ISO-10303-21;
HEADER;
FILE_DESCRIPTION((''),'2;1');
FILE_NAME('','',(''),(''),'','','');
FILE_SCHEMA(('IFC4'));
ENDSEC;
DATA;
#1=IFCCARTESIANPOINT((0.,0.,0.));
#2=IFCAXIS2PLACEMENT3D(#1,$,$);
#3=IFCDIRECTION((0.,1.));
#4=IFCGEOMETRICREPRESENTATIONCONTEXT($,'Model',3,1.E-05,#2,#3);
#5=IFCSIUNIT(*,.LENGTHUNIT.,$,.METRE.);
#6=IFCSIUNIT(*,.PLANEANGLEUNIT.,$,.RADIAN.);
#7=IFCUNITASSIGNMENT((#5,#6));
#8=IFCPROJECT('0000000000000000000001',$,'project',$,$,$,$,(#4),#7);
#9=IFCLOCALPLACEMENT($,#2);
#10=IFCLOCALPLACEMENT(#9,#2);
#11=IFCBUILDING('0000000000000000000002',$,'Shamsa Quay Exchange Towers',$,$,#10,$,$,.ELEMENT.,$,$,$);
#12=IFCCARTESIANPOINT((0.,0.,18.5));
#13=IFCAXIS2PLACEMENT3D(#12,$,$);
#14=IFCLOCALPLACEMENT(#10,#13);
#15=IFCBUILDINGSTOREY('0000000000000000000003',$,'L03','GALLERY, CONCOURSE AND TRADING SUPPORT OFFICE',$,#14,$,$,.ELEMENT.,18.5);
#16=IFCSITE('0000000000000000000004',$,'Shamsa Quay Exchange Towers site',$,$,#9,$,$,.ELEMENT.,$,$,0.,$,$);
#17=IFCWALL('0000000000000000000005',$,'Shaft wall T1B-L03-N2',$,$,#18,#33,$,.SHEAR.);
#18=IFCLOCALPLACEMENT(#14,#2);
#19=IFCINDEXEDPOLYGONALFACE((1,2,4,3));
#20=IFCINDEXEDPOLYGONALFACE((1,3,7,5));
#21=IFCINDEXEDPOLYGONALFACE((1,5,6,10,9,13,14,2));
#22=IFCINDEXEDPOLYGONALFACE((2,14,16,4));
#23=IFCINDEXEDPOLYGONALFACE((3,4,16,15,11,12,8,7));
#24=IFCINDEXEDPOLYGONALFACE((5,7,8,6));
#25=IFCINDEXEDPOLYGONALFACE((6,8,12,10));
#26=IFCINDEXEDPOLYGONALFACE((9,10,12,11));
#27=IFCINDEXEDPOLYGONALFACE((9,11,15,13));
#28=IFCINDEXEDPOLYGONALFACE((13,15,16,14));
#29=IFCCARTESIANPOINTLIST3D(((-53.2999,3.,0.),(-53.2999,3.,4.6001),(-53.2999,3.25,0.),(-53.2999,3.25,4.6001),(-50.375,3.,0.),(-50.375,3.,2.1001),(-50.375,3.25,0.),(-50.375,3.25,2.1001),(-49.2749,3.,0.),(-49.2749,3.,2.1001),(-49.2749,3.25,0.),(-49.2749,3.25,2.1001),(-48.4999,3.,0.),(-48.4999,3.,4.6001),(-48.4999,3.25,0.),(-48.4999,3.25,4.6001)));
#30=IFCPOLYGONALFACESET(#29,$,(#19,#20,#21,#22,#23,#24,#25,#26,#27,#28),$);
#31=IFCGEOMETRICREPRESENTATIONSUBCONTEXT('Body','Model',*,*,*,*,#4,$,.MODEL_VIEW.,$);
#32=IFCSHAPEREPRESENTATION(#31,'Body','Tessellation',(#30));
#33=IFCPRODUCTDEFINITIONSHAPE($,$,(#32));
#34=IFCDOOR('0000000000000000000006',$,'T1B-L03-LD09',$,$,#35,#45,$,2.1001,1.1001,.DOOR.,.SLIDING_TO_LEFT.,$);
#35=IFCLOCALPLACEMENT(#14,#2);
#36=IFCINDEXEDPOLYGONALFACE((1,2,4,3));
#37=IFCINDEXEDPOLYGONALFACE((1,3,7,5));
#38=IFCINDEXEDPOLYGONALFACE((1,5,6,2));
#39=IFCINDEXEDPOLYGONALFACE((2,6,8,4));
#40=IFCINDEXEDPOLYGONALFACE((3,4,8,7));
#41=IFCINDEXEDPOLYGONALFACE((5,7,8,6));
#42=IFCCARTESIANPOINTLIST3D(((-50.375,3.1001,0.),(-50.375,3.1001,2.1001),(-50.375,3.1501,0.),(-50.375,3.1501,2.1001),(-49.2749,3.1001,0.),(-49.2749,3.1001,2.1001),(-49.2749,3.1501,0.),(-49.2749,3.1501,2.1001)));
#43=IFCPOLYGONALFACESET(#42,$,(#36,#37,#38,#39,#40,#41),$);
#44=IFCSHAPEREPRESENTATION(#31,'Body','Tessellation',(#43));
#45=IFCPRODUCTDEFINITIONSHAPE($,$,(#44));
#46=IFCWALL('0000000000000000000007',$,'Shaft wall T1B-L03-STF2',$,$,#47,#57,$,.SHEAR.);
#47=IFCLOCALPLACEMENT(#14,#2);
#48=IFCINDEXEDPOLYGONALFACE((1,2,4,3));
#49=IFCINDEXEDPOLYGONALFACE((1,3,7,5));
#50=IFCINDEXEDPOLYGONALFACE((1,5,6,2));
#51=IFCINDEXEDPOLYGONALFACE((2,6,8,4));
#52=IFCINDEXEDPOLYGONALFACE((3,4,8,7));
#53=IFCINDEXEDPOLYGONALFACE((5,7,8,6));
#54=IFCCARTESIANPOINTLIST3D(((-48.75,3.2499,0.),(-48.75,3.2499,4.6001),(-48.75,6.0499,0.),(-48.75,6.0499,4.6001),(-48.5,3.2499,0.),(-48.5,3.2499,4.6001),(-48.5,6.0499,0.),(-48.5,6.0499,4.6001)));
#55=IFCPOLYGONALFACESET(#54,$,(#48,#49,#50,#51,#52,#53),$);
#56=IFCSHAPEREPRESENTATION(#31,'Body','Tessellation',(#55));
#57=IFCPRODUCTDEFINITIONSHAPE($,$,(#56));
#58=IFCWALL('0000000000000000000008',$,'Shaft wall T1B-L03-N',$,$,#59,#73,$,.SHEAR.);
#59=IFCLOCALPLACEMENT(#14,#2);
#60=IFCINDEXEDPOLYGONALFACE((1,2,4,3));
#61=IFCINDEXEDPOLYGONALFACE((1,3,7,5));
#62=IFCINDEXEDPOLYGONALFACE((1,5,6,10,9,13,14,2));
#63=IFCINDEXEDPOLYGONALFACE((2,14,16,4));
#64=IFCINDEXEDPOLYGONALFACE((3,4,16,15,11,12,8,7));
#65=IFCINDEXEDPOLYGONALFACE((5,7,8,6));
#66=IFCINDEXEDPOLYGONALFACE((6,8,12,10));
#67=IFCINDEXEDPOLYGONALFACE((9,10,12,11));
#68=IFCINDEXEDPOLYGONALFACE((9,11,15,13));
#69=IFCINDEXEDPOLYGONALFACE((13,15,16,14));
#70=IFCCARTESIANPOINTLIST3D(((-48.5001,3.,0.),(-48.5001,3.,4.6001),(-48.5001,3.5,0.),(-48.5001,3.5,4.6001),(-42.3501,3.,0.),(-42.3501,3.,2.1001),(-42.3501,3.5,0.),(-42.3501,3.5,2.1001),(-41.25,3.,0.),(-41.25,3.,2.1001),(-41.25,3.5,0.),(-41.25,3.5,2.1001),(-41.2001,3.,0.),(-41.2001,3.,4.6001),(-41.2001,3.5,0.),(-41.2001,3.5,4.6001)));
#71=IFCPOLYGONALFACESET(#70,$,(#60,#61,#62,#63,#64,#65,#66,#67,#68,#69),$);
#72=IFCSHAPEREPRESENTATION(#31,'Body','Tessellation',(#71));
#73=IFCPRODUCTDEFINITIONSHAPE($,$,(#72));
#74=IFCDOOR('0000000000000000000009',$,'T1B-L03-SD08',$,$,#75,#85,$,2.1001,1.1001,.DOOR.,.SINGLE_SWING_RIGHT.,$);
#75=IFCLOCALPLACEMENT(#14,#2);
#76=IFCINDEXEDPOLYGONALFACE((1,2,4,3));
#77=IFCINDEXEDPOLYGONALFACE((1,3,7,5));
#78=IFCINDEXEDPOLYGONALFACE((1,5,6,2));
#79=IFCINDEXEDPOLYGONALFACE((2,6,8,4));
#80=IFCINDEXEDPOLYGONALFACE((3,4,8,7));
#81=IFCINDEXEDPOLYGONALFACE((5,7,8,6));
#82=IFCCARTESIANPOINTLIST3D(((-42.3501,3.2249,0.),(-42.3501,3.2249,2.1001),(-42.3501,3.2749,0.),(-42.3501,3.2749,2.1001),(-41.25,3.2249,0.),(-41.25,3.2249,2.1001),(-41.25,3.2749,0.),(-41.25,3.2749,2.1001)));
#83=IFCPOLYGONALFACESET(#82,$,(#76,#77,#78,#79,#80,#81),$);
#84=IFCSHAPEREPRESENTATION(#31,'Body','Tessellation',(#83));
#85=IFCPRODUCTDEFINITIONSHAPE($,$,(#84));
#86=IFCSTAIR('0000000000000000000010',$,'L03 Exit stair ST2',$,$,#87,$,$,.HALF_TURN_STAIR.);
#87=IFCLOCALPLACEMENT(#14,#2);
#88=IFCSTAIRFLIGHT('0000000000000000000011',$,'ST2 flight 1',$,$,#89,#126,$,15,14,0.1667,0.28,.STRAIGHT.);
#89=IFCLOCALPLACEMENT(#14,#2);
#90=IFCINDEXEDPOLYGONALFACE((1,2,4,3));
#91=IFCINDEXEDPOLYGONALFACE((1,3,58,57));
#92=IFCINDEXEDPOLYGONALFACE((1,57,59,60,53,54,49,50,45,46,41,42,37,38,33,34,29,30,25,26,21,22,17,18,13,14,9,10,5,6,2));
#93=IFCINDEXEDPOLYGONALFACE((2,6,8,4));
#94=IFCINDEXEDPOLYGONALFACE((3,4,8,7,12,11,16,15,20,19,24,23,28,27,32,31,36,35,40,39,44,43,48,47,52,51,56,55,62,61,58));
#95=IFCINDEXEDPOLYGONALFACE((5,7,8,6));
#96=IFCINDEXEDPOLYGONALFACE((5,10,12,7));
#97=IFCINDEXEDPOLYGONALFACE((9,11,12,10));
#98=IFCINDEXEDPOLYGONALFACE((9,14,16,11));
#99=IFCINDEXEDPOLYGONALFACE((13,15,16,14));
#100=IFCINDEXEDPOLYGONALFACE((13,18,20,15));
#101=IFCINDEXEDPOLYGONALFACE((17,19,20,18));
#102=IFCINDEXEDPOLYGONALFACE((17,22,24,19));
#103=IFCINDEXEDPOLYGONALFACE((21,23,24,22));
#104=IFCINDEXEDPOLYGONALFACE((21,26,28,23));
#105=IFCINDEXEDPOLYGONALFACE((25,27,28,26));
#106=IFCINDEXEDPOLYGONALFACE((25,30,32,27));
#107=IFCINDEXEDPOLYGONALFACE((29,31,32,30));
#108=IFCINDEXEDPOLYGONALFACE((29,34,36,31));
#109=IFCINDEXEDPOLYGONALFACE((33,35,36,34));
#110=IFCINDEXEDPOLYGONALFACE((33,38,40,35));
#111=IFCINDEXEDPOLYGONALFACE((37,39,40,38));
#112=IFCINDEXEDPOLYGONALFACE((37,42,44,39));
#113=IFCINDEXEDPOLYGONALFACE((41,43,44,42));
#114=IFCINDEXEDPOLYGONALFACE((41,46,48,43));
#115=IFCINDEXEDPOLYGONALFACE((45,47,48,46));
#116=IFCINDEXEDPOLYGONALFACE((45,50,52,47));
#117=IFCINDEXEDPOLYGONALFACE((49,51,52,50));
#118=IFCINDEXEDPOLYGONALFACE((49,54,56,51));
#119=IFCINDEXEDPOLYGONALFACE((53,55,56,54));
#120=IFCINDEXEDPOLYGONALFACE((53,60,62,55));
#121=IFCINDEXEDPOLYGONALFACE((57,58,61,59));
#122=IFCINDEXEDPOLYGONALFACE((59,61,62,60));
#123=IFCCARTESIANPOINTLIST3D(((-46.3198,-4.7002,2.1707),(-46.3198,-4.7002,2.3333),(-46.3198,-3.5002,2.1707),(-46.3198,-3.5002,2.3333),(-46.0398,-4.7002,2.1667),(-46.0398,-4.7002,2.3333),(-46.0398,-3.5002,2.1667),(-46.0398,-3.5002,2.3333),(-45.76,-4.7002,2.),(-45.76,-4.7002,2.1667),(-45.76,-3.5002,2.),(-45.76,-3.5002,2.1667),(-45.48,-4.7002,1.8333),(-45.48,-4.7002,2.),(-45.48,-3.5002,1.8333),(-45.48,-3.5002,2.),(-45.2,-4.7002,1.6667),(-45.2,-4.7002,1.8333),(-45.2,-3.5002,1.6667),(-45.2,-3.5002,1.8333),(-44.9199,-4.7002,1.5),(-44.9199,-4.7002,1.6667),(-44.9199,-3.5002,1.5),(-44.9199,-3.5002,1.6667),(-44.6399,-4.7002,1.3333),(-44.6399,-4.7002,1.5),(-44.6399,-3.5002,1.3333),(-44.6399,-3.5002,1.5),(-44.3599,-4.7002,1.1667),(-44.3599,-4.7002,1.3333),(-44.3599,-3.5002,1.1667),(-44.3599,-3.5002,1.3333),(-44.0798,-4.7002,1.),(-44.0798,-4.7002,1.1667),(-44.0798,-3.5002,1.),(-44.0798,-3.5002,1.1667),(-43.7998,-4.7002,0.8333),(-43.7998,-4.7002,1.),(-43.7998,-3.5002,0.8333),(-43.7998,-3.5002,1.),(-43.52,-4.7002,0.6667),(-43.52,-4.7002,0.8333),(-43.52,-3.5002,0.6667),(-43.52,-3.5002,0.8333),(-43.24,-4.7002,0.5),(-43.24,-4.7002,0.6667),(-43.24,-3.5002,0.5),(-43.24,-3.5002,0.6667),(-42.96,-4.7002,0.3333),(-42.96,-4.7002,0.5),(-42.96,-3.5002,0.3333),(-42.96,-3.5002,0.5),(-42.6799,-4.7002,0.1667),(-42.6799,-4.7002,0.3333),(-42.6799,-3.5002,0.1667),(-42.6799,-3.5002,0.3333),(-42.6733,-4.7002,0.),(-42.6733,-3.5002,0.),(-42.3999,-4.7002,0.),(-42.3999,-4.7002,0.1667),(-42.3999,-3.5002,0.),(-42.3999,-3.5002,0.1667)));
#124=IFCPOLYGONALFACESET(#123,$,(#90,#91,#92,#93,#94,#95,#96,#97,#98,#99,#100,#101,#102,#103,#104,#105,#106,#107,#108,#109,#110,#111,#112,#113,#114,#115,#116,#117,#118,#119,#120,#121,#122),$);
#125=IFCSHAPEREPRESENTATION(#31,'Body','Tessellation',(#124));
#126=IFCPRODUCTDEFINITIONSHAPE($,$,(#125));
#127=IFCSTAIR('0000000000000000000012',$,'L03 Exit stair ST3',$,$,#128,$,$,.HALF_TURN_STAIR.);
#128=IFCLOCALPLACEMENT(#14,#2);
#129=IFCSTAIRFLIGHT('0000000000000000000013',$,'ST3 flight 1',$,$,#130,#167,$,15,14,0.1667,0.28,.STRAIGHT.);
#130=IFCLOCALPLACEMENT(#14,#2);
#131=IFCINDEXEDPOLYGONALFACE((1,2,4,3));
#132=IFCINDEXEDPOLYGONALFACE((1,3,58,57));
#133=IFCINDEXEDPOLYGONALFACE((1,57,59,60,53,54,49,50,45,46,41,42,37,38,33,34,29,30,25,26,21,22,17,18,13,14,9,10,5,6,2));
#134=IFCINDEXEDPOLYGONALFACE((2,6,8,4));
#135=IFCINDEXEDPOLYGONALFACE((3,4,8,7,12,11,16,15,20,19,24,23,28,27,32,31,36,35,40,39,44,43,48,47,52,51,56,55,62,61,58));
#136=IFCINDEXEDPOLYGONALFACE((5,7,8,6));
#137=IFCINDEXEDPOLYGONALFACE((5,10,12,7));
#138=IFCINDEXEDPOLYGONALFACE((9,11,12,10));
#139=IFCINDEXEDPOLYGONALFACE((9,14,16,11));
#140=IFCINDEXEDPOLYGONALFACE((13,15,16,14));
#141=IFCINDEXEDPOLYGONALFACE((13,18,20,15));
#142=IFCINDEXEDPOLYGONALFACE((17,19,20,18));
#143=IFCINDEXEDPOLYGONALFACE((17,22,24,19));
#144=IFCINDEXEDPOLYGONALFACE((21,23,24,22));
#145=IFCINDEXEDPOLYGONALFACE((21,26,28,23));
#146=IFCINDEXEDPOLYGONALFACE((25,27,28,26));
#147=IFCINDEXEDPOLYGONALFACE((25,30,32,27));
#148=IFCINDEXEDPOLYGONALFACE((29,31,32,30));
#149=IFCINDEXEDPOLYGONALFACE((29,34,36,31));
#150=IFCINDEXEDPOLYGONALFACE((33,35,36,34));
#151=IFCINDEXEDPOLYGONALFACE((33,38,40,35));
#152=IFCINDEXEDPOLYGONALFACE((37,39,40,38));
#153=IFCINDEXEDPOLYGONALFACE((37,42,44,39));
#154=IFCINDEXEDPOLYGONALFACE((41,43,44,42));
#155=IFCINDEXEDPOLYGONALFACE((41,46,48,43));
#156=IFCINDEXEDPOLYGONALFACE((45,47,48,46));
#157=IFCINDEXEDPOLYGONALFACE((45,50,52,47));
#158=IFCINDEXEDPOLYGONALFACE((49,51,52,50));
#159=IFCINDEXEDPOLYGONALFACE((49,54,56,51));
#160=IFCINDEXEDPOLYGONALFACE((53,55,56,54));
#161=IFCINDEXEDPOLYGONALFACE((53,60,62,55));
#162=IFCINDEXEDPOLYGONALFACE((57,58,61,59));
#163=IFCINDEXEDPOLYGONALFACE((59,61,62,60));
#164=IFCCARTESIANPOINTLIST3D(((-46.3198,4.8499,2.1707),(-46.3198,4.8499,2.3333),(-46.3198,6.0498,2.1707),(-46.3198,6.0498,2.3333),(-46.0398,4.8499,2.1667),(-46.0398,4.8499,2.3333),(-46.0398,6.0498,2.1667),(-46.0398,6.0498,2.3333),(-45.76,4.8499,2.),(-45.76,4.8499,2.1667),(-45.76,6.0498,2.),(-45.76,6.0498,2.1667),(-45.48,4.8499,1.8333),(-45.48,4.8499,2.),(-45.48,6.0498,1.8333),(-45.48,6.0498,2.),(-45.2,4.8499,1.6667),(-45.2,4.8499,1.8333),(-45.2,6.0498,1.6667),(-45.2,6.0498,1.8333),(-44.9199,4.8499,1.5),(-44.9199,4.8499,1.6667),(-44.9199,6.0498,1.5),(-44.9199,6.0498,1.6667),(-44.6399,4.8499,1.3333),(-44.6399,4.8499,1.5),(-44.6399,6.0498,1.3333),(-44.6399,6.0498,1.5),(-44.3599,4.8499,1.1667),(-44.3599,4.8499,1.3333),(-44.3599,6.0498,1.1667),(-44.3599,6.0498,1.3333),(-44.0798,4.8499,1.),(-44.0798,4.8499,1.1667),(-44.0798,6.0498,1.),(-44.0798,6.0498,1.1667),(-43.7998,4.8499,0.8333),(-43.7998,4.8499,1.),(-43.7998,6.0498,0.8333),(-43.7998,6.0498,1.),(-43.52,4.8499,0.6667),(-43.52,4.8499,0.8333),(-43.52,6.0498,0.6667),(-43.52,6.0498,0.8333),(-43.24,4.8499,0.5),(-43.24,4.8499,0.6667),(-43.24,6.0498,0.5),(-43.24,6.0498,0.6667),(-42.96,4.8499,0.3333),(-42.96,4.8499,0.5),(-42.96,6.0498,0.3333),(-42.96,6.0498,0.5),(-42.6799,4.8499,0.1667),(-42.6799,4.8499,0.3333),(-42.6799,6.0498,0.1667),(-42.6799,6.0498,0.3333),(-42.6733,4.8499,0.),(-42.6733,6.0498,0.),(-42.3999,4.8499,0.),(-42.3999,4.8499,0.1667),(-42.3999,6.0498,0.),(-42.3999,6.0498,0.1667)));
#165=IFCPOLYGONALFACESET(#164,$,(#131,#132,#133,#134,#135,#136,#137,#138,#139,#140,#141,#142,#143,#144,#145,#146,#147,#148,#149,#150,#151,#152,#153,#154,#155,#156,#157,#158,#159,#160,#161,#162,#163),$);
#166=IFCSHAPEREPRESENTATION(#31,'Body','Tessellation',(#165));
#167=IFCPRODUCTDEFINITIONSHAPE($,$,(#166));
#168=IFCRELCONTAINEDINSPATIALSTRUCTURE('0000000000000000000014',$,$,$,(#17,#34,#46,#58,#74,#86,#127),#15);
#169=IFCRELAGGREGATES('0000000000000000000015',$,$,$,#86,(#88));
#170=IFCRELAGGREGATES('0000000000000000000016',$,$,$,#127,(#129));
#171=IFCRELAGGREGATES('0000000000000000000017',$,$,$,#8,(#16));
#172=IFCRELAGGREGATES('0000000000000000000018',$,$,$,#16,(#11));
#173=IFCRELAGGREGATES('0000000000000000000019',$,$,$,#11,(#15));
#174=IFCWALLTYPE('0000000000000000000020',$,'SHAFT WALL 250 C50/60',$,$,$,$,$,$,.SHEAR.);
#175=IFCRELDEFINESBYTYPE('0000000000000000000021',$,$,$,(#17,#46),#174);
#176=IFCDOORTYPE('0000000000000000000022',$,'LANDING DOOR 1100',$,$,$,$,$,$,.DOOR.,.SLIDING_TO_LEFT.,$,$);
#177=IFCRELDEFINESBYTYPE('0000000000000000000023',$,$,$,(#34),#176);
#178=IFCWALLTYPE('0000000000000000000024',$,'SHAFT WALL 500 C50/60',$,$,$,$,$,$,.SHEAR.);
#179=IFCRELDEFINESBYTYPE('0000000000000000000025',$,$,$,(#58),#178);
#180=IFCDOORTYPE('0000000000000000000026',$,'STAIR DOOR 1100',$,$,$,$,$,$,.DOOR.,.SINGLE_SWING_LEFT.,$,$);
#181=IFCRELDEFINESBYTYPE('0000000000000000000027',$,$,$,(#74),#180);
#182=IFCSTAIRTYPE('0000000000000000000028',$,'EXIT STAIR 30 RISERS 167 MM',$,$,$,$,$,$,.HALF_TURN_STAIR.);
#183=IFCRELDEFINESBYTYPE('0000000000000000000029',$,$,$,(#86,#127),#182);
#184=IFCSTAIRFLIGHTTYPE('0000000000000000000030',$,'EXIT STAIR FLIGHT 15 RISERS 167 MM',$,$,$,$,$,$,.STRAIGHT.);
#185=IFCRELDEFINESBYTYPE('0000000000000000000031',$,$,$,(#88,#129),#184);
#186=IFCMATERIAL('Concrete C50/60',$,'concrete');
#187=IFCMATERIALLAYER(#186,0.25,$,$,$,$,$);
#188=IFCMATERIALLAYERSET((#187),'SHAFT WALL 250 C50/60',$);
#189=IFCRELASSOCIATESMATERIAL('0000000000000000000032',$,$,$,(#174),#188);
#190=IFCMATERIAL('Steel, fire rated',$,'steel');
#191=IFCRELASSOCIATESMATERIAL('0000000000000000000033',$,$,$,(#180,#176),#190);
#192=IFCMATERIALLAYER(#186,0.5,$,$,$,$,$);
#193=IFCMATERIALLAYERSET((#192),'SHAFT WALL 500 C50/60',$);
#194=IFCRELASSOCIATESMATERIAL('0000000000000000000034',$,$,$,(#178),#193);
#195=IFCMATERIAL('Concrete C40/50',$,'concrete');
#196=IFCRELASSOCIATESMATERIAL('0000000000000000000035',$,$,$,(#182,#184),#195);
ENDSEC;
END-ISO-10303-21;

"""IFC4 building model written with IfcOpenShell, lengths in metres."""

from ifc_helpers import new_model, si_unit, direction, frame, frame_2d, origin, place, context, subcontext, project, spatial, polyline, rectangle, outline, extrude, material, layer, layer_set, type_object, element, fill, aggregate, save


model = new_model("IFC4")

# Units and contexts
model_context = context("Model", 3, precision=1e-05, world=origin(), true_north=direction((0.0, 1.0)))
body_context = subcontext(model_context, "Body", "Model", "MODEL_VIEW")
ifc_project = project(units=[si_unit("LENGTHUNIT", "METRE"), si_unit("PLANEANGLEUNIT", "RADIAN")], contexts=[model_context])

# Site, building, storey
site_placement = place(None, origin())
site = spatial("IfcSite", under=ifc_project, at=site_placement, Name="Shamsa Quay Exchange Towers site", CompositionType="ELEMENT", RefElevation=0.0)
building_placement = place(site_placement, origin())
building = spatial("IfcBuilding", under=site, at=building_placement, Name="Shamsa Quay Exchange Towers", CompositionType="ELEMENT")
storey_placement = place(building_placement, frame((0.0, 0.0, 18.5)))
storey = spatial("IfcBuildingStorey", under=building, at=storey_placement, Name="L03", Description="GALLERY, CONCOURSE AND TRADING SUPPORT OFFICE", CompositionType="ELEMENT", Elevation=18.5)

# Shared definitions
ifc_material_1 = material(Name="Concrete C50/60", Category="concrete")
ifc_layer_1 = layer(ifc_material_1, 0.25)
ifc_layer_set_1 = layer_set([ifc_layer_1], Name="SHAFT WALL 250 C50/60")
wall_type_1 = type_object("IfcWallType", Name="SHAFT WALL 250 C50/60", PredefinedType="SHEAR", material=ifc_layer_set_1)
ifc_material_2 = material(Name="Steel, fire rated", Category="steel")
door_type_1 = type_object("IfcDoorType", Name="STAIR DOOR 1100", OperationType="SINGLE_SWING_LEFT", PredefinedType="DOOR", material=ifc_material_2)

# Wall, opening, door
wall_1_placement = place(storey_placement, frame((-48.5, 3.125, 0.0), z_axis=(0.0, 0.0, 1.0), x_axis=(-1.0, 0.0, 0.0)))
wall_1 = element("IfcWall", 1, at=wall_1_placement, inside=storey, type_object=wall_type_1, Name="Shaft wall T1B-L03-N2", PredefinedType="SHEAR", context=body_context, shape_type="SweptSolid", body=[
    extrude(rectangle(XDim=4.8, YDim=0.25, at=frame_2d((2.3999, 0.0))), origin(), (0.0, 0.0, 1.0), 4.6001),
])
opening_1_placement = place(wall_1_placement, frame((0.7749, 0.0, 0.0)))
opening_1 = element("IfcOpeningElement", 2, at=opening_1_placement, cuts=wall_1, PredefinedType="OPENING", context=body_context, shape_type="SweptSolid", body=[
    extrude(rectangle(XDim=1.1001, YDim=2.1001, at=frame_2d((0.55, 1.05))), frame((0.0, 0.135, 0.0), z_axis=(0.0, -1.0, 0.0), x_axis=(1.0, 0.0, 0.0)), (0.0, 0.0, 1.0), 0.27),
])
door_type_2 = type_object("IfcDoorType", Name="LANDING DOOR 1100", OperationType="SLIDING_TO_LEFT", PredefinedType="DOOR", material=ifc_material_2)
door_1_placement = place(opening_1_placement, origin())
door_1 = element("IfcDoor", 3, at=door_1_placement, inside=storey, type_object=door_type_2, Name="T1B-L03-LD09", OperationType="SLIDING_TO_LEFT", OverallHeight=2.1001, OverallWidth=1.1001, PredefinedType="DOOR", context=body_context, shape_type="SweptSolid", body=[
    extrude(rectangle(XDim=1.1001, YDim=2.1001, at=frame_2d((0.55, 1.05))), frame((0.0, 0.0249, 0.0), z_axis=(0.0, -1.0, 0.0), x_axis=(1.0, 0.0, 0.0)), (0.0, 0.0, 1.0), 0.05),
])
fill(opening_1, door_1)

# Wall
wall_2_placement = place(storey_placement, frame((-48.625, 3.25, 0.0), z_axis=(0.0, 0.0, 1.0), x_axis=(0.0, 1.0, 0.0)))
element("IfcWall", 4, at=wall_2_placement, inside=storey, type_object=wall_type_1, Name="Shaft wall T1B-L03-STF2", PredefinedType="SHEAR", context=body_context, shape_type="SweptSolid", body=[
    extrude(rectangle(XDim=2.8, YDim=0.25, at=frame_2d((1.3999, 0.0))), origin(), (0.0, 0.0, 1.0), 4.6001),
])

# Wall, opening, door
ifc_layer_2 = layer(ifc_material_1, 0.5)
ifc_layer_set_2 = layer_set([ifc_layer_2], Name="SHAFT WALL 500 C50/60")
wall_type_2 = type_object("IfcWallType", Name="SHAFT WALL 500 C50/60", PredefinedType="SHEAR", material=ifc_layer_set_2)
wall_3_placement = place(storey_placement, frame((-48.5, 3.25, 0.0)))
wall_3 = element("IfcWall", 5, at=wall_3_placement, inside=storey, type_object=wall_type_2, Name="Shaft wall T1B-L03-N", PredefinedType="SHEAR", context=body_context, shape_type="SweptSolid", body=[
    extrude(rectangle(XDim=7.3, YDim=0.5, at=frame_2d((3.6499, 0.0))), origin(), (0.0, 0.0, 1.0), 4.6001),
])
opening_2_placement = place(wall_3_placement, frame((6.1499, 0.0, 0.0)))
opening_2 = element("IfcOpeningElement", 6, at=opening_2_placement, cuts=wall_3, PredefinedType="OPENING", context=body_context, shape_type="SweptSolid", body=[
    extrude(rectangle(XDim=1.1001, YDim=2.1001, at=frame_2d((0.55, 1.05))), frame((0.0, 0.26, 0.0), z_axis=(0.0, -1.0, 0.0), x_axis=(1.0, 0.0, 0.0)), (0.0, 0.0, 1.0), 0.52),
])
door_2_placement = place(opening_2_placement, origin())
door_2 = element("IfcDoor", 7, at=door_2_placement, inside=storey, type_object=door_type_1, Name="T1B-L03-SD08", OperationType="SINGLE_SWING_RIGHT", OverallHeight=2.1001, OverallWidth=1.1001, PredefinedType="DOOR", context=body_context, shape_type="SweptSolid", body=[
    extrude(rectangle(XDim=1.1001, YDim=2.1001, at=frame_2d((0.55, 1.05))), frame((0.0, 0.0249, 0.0), z_axis=(0.0, -1.0, 0.0), x_axis=(1.0, 0.0, 0.0)), (0.0, 0.0, 1.0), 0.05),
])
fill(opening_2, door_2)

# Stair, stair flight
ifc_material_3 = material(Name="Concrete C40/50", Category="concrete")
stair_type = type_object("IfcStairType", Name="EXIT STAIR 30 RISERS 167 MM", PredefinedType="HALF_TURN_STAIR", material=ifc_material_3)
stair_1_placement = place(storey_placement, origin())
stair_1 = element("IfcStair", 8, at=stair_1_placement, inside=storey, type_object=stair_type, Name="L03 Exit stair ST2", PredefinedType="HALF_TURN_STAIR")
stair_flight_type = type_object("IfcStairFlightType", Name="EXIT STAIR FLIGHT 15 RISERS 167 MM", PredefinedType="STRAIGHT", material=ifc_material_3)
stair_flight_1_placement = place(storey_placement, frame((-42.3999, -4.1001, 0.0), z_axis=(0.0, 0.0, 1.0), x_axis=(-1.0, 0.0, 0.0)))
stair_flight_1 = element("IfcStairFlight", 9, at=stair_flight_1_placement, type_object=stair_flight_type, Name="ST2 flight 1", NumberOfRisers=15, NumberOfTreads=14, PredefinedType="STRAIGHT", RiserHeight=0.1667, TreadLength=0.28, context=body_context, shape_type="SweptSolid", body=[
    extrude(outline(polyline([(0.0, 0.0), (0.0, 0.1667), (0.28, 0.1667), (0.28, 0.3333), (0.5601, 0.3333), (0.5601, 0.5), (0.8401, 0.5), (0.8401, 0.6667), (1.1201, 0.6667), (1.1201, 0.8333), (1.3999, 0.8333), (1.3999, 1.0), (1.6799, 1.0), (1.6799, 1.1667), (1.96, 1.1667), (1.96, 1.3333), (2.24, 1.3333), (2.24, 1.5), (2.52, 1.5), (2.52, 1.6667), (2.8, 1.6667), (2.8, 1.8333), (3.0801, 1.8333), (3.0801, 2.0), (3.3601, 2.0), (3.3601, 2.1667), (3.6399, 2.1667), (3.6399, 2.3333), (3.9199, 2.3333), (3.9199, 2.5), (3.9199, 2.1707), (0.2734, 0.0), (0.0, 0.0)])), frame((0.0, 0.6001, 0.0), z_axis=(0.0, -1.0, 0.0), x_axis=(1.0, 0.0, 0.0)), (0.0, 0.0, 1.0), 1.2),
])
aggregate(stair_1, [stair_flight_1])

# Stair, stair flight
stair_2_placement = place(storey_placement, origin())
stair_2 = element("IfcStair", 10, at=stair_2_placement, inside=storey, type_object=stair_type, Name="L03 Exit stair ST3", PredefinedType="HALF_TURN_STAIR")
stair_flight_2_placement = place(storey_placement, frame((-42.3999, 5.45, 0.0), z_axis=(0.0, 0.0, 1.0), x_axis=(-1.0, 0.0, 0.0)))
stair_flight_2 = element("IfcStairFlight", 11, at=stair_flight_2_placement, type_object=stair_flight_type, Name="ST3 flight 1", NumberOfRisers=15, NumberOfTreads=14, PredefinedType="STRAIGHT", RiserHeight=0.1667, TreadLength=0.28, context=body_context, shape_type="SweptSolid", body=[
    extrude(outline(polyline([(0.0, 0.0), (0.0, 0.1667), (0.28, 0.1667), (0.28, 0.3333), (0.5601, 0.3333), (0.5601, 0.5), (0.8401, 0.5), (0.8401, 0.6667), (1.1201, 0.6667), (1.1201, 0.8333), (1.3999, 0.8333), (1.3999, 1.0), (1.6799, 1.0), (1.6799, 1.1667), (1.96, 1.1667), (1.96, 1.3333), (2.24, 1.3333), (2.24, 1.5), (2.52, 1.5), (2.52, 1.6667), (2.8, 1.6667), (2.8, 1.8333), (3.0801, 1.8333), (3.0801, 2.0), (3.3601, 2.0), (3.3601, 2.1667), (3.6399, 2.1667), (3.6399, 2.3333), (3.9199, 2.3333), (3.9199, 2.5), (3.9199, 2.1707), (0.2734, 0.0), (0.0, 0.0)])), frame((0.0, 0.6001, 0.0), z_axis=(0.0, -1.0, 0.0), x_axis=(1.0, 0.0, 0.0)), (0.0, 0.0, 1.0), 1.2),
])
aggregate(stair_2, [stair_flight_2])

save(model, "model.ifc")
